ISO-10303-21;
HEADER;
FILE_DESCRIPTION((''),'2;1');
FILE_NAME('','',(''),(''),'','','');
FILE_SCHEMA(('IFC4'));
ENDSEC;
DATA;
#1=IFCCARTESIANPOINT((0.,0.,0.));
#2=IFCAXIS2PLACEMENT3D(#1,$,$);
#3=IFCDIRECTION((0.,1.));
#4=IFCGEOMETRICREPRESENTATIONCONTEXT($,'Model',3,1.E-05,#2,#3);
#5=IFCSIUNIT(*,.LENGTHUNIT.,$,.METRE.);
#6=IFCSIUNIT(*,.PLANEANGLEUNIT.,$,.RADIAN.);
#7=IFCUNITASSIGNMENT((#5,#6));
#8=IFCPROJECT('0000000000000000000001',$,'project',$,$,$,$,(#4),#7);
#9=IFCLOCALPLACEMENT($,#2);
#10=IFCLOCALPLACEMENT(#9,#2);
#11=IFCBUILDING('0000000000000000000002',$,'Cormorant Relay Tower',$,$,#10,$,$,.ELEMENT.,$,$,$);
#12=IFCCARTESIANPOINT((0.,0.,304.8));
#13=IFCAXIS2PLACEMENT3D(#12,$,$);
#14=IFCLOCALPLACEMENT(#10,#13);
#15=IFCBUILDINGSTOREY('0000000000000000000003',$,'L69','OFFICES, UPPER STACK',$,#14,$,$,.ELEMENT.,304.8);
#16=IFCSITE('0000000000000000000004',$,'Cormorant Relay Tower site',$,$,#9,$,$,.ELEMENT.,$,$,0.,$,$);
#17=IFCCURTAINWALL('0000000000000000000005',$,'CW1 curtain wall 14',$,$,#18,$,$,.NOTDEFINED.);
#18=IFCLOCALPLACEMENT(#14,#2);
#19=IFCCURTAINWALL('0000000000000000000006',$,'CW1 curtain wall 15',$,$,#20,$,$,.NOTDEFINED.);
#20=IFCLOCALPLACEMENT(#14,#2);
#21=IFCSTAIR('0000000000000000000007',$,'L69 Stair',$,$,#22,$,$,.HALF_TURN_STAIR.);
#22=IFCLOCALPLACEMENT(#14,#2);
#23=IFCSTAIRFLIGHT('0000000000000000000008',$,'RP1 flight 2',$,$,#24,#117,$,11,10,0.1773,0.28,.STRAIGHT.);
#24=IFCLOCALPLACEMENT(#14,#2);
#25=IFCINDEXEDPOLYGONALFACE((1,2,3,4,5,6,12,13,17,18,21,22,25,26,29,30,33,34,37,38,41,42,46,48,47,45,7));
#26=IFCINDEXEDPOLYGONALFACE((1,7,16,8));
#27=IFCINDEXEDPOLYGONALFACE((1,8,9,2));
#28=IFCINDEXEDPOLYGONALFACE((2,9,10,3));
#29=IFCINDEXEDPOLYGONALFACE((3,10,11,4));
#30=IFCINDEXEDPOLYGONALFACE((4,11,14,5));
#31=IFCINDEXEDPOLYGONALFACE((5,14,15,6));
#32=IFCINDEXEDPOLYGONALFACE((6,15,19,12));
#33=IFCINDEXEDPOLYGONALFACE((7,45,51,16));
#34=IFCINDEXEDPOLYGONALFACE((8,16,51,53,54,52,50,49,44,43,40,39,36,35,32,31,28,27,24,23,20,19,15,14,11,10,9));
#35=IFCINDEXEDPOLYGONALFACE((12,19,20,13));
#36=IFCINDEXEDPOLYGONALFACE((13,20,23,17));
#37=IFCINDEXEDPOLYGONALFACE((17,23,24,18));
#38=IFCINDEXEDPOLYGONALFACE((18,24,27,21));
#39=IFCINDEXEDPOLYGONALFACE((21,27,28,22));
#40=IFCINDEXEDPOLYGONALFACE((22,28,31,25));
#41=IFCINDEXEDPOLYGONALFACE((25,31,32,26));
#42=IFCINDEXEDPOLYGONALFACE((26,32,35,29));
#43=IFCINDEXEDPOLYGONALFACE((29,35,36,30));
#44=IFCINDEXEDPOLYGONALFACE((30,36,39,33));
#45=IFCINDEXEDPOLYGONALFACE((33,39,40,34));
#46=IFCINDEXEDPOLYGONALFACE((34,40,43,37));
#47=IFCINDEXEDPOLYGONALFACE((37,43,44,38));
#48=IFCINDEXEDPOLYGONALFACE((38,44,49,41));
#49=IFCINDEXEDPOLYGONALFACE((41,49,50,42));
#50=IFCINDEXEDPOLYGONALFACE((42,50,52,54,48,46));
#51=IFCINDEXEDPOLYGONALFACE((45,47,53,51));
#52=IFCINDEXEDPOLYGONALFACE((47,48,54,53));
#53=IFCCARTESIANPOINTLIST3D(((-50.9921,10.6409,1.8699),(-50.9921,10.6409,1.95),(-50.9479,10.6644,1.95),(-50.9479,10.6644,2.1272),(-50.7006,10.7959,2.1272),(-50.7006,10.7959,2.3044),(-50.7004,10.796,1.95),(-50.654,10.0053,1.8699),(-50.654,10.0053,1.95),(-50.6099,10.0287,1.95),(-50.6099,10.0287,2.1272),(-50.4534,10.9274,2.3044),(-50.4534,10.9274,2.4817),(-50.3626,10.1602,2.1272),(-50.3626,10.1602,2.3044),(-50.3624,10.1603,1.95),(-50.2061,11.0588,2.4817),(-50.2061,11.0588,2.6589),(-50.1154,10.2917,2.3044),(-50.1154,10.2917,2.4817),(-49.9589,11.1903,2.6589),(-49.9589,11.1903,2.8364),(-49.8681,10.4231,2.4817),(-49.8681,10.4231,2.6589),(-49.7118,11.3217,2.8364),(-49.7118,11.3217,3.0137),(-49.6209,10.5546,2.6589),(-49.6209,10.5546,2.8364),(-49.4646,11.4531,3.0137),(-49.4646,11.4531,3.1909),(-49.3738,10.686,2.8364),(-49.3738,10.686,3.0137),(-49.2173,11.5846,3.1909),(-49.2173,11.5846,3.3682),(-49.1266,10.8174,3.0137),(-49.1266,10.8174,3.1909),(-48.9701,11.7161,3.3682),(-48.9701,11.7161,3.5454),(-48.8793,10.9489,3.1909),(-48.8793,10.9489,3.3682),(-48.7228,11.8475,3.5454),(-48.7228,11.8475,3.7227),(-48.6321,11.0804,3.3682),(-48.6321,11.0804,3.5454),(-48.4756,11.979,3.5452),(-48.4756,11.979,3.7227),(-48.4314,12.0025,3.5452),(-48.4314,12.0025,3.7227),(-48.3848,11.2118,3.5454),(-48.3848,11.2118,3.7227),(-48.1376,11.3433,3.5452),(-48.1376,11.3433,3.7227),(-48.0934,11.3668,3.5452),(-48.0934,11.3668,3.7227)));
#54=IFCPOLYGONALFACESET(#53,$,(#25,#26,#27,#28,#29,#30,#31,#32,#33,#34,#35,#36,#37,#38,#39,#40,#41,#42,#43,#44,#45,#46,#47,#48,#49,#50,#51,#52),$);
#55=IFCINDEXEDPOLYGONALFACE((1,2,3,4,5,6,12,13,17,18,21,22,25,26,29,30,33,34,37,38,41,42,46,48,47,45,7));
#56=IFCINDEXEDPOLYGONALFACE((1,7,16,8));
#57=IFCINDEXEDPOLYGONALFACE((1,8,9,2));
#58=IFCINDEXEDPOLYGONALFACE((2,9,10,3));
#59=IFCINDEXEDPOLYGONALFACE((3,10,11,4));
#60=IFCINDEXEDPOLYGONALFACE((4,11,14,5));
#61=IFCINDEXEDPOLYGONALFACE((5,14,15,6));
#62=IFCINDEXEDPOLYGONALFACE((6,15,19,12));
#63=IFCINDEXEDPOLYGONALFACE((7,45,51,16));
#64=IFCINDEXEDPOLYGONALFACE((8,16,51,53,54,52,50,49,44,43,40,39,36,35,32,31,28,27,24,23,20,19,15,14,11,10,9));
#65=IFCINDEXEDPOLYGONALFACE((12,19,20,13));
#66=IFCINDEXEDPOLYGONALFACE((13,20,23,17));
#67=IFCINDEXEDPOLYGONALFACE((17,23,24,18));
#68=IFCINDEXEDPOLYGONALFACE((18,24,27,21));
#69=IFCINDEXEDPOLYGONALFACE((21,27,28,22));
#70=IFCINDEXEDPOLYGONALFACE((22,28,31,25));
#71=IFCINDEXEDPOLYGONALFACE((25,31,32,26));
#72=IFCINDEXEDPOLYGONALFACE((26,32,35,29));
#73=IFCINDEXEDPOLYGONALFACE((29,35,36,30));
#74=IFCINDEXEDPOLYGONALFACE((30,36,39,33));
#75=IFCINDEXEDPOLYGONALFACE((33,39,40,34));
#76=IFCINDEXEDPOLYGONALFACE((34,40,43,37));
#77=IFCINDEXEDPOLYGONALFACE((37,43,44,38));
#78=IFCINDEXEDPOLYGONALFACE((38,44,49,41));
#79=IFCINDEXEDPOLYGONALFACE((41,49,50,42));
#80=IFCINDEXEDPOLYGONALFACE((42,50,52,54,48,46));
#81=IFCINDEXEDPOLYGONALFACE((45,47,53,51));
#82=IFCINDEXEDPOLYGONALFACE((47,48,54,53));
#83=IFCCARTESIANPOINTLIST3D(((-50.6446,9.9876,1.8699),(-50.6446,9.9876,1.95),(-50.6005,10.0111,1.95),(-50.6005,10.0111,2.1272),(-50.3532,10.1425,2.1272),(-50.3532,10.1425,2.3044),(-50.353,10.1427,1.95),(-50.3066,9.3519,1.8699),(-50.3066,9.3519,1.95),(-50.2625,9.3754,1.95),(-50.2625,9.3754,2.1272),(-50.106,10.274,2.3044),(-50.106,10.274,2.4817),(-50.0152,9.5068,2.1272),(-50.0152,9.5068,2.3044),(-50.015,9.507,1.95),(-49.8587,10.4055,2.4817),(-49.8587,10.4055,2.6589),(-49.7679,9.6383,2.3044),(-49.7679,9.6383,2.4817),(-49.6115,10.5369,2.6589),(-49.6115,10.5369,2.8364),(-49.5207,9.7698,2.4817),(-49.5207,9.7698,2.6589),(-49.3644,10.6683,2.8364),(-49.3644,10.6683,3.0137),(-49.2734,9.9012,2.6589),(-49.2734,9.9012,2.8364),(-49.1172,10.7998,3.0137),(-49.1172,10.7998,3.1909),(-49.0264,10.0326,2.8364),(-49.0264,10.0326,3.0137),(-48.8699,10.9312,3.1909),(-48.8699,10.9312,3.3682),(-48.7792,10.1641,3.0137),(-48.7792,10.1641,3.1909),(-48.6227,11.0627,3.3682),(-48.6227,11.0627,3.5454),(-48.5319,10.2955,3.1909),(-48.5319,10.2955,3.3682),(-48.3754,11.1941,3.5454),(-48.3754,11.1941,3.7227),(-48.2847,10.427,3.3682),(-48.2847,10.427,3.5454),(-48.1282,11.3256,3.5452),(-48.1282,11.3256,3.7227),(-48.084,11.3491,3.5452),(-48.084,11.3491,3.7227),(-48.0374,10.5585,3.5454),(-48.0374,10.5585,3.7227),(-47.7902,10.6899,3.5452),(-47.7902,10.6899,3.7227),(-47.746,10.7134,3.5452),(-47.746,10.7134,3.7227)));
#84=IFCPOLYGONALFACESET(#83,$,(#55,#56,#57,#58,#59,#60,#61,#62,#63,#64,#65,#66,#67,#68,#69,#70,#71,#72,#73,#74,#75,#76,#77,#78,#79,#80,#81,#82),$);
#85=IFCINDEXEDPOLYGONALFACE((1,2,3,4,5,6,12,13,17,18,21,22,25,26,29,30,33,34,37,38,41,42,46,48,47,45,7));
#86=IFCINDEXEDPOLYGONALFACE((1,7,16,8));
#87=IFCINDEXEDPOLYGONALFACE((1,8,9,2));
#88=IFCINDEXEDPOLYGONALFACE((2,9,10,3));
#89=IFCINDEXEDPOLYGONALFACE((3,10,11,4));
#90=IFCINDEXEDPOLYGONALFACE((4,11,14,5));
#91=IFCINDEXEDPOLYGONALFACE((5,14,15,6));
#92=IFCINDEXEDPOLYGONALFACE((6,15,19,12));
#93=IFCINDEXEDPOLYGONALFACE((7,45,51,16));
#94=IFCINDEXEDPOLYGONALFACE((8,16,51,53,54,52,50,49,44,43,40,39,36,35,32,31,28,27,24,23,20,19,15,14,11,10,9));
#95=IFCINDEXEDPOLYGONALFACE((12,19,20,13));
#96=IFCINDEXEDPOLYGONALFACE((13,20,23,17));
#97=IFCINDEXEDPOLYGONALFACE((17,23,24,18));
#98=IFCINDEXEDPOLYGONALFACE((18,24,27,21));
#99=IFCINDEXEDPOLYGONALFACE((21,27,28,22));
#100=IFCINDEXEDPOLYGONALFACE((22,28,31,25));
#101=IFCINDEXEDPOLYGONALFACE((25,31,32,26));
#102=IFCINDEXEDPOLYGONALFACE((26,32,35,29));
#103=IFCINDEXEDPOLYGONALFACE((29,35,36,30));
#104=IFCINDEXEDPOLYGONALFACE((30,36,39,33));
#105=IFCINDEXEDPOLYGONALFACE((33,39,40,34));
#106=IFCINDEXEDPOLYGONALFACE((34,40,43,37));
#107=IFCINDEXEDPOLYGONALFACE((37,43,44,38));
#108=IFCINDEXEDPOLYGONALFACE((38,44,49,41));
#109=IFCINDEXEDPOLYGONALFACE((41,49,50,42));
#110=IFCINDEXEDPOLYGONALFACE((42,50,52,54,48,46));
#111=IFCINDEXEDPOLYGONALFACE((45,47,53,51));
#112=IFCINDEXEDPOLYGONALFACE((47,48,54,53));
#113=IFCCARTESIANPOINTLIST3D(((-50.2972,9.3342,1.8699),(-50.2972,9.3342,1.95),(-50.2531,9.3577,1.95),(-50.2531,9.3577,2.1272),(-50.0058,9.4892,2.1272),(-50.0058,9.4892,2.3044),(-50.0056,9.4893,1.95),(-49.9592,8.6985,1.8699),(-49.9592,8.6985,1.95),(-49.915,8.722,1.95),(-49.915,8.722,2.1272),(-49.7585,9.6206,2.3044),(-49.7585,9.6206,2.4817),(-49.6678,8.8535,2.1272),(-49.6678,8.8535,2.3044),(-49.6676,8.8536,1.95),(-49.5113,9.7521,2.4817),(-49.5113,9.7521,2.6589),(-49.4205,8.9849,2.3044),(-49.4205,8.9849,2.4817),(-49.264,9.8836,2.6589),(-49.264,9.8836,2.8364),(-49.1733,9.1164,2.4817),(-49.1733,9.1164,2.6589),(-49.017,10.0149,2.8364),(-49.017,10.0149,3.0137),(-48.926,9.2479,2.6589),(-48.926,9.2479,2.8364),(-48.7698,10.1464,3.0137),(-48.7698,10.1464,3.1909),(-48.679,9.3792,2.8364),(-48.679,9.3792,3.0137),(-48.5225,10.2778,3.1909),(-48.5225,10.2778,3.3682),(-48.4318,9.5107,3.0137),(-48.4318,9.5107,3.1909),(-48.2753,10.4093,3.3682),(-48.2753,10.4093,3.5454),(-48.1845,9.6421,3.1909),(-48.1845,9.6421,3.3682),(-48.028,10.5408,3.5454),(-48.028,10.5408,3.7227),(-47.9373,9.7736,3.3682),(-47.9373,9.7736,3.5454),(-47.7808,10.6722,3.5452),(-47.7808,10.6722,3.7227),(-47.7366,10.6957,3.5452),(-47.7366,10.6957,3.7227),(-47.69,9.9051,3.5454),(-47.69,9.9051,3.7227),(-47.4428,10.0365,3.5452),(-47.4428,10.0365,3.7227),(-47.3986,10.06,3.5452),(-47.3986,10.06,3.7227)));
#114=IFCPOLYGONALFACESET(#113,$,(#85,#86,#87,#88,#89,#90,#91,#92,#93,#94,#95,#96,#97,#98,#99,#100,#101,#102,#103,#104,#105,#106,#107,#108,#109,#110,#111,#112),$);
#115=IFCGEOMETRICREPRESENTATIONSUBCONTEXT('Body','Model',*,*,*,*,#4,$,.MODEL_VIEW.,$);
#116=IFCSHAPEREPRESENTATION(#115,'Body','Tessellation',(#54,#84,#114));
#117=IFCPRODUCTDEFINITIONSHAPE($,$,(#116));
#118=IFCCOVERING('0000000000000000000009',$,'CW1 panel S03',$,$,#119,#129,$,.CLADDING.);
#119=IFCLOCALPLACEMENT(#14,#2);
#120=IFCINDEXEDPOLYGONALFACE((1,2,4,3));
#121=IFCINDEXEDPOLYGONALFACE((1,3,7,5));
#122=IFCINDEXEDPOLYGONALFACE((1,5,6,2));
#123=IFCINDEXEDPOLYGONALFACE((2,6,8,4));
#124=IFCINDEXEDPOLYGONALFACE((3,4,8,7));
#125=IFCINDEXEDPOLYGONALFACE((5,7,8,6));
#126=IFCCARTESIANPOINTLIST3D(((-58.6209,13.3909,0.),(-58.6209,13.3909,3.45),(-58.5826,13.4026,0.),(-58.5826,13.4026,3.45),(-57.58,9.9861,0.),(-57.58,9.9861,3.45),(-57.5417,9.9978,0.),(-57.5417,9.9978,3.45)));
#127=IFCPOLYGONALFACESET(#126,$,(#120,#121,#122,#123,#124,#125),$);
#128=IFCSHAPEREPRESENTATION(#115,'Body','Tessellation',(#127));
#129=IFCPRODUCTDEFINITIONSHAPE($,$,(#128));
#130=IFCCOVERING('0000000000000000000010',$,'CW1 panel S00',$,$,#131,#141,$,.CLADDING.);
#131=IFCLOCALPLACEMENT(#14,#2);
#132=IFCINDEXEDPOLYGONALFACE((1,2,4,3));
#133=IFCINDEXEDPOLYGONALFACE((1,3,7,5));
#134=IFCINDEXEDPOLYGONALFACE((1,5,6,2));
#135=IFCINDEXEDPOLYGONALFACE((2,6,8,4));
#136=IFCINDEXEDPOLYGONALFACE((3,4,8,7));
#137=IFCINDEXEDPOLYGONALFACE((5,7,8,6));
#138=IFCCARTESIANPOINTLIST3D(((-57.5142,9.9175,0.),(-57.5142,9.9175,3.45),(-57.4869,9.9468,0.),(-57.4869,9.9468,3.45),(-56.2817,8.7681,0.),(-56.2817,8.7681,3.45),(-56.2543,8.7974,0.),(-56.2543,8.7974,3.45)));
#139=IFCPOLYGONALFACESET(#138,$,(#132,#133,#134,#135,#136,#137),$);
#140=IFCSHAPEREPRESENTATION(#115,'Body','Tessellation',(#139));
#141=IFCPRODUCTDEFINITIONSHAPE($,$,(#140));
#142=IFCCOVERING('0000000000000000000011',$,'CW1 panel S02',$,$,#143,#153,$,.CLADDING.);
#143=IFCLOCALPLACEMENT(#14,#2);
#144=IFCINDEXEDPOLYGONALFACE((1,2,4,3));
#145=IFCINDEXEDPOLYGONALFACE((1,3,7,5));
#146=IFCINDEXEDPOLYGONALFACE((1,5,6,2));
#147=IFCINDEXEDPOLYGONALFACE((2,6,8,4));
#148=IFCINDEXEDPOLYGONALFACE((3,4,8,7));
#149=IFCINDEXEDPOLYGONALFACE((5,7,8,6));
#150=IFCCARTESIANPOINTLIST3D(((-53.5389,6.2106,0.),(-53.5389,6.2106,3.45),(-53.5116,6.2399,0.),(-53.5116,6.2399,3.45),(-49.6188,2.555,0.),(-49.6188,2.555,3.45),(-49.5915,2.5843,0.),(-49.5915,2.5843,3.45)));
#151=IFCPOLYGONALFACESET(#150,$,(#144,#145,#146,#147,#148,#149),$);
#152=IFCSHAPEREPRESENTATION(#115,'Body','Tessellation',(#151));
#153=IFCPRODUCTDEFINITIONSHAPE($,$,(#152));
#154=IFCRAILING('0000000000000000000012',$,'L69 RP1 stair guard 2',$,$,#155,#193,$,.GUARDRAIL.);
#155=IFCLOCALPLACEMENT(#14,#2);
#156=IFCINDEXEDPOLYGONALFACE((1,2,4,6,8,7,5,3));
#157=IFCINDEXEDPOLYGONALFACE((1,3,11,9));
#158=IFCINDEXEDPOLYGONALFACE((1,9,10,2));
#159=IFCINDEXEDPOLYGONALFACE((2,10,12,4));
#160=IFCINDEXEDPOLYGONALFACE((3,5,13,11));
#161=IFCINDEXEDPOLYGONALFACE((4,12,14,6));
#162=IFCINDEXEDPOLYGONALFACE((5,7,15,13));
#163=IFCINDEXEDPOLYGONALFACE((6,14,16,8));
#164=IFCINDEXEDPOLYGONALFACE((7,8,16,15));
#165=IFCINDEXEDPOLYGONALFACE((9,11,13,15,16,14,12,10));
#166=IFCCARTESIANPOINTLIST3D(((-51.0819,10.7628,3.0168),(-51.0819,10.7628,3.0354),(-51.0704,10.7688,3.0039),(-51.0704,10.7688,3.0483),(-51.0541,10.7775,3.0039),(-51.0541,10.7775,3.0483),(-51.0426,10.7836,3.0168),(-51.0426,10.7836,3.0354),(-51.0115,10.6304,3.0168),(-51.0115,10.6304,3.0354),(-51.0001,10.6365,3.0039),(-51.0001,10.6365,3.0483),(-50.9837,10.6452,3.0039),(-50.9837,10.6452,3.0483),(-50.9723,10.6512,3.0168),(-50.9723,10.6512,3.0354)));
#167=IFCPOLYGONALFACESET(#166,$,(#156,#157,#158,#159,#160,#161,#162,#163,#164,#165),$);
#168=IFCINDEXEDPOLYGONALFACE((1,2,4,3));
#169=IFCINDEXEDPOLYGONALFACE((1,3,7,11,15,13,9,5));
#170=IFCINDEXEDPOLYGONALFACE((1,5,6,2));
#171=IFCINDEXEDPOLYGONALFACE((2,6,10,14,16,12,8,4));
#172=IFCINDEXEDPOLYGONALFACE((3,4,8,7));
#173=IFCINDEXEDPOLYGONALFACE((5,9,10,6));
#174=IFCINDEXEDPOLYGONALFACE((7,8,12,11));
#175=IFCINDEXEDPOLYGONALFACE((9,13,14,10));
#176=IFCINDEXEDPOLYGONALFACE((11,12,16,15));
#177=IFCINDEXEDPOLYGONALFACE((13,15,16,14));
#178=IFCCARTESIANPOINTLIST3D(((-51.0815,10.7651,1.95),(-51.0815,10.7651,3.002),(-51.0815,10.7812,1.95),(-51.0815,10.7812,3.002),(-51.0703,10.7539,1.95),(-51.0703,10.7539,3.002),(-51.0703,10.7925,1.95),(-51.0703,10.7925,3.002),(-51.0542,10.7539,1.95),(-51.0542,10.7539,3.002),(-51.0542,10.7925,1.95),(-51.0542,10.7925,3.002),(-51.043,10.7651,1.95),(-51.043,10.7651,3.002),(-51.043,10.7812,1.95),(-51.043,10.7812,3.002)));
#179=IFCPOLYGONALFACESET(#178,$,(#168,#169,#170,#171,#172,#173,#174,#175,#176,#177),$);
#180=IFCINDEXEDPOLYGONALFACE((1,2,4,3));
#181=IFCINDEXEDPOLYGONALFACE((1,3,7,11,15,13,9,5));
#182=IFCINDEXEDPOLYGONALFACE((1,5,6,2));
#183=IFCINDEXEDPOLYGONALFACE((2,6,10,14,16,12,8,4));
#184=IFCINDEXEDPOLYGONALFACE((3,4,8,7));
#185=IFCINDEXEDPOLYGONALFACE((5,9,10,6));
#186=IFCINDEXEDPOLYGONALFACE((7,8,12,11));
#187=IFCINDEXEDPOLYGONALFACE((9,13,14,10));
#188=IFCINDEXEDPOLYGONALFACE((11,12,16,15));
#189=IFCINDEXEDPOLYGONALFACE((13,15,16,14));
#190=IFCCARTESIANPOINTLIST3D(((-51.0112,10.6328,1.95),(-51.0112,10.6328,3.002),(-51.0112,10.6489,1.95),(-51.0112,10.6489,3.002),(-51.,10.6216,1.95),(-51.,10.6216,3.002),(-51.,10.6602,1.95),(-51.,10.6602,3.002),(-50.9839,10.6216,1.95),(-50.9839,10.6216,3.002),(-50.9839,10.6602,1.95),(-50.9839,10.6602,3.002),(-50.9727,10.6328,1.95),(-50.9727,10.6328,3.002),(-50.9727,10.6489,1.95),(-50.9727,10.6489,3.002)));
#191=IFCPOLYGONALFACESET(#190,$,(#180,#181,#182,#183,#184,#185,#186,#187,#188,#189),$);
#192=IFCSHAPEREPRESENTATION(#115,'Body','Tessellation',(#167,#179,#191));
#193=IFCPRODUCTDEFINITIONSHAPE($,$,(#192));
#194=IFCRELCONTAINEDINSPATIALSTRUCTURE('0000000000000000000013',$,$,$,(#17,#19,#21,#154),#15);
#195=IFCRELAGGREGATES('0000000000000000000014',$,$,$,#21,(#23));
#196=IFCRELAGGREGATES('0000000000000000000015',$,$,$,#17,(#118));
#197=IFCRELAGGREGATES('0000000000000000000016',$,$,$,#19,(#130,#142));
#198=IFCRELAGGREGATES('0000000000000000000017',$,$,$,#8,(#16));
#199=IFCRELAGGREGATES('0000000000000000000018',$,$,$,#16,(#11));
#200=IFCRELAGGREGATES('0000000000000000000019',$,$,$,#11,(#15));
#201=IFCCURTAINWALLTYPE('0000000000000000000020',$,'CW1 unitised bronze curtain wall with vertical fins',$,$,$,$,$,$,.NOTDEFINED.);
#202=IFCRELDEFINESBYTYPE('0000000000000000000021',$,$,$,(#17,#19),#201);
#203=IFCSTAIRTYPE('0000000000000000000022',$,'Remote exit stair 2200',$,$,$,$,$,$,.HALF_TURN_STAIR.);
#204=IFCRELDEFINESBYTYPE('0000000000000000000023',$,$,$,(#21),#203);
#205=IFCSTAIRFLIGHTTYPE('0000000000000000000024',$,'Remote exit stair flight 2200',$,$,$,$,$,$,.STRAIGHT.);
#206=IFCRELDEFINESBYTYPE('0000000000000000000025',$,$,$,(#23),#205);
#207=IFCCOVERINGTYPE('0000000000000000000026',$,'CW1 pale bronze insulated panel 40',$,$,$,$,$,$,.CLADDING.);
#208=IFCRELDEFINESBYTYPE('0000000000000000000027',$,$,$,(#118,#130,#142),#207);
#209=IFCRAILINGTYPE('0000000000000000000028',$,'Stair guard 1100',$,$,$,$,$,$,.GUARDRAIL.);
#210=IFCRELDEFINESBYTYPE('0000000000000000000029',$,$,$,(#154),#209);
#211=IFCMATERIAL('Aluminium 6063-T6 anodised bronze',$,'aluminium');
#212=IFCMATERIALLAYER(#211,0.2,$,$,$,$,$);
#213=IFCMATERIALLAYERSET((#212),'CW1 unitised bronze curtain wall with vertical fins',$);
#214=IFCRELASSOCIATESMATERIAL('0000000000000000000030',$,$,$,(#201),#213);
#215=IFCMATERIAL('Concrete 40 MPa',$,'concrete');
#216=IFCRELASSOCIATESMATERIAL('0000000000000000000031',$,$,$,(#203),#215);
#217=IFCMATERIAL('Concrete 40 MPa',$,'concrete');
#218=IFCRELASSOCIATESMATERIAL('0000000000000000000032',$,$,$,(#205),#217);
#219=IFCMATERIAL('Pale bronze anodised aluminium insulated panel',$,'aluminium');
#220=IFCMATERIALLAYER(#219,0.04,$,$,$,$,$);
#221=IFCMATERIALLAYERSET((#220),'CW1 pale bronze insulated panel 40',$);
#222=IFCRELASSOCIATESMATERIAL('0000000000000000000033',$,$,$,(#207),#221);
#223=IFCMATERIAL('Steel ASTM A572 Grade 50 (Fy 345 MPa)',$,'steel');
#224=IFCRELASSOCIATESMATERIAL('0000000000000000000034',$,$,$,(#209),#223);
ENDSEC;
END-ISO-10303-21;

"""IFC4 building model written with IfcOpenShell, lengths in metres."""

from ifc_helpers import new_model, si_unit, direction, frame, origin, origin_2d, place, context, subcontext, project, spatial, polyline, rectangle, outline, extrude, material, layer, layer_set, type_object, element, aggregate, save


model = new_model("IFC4")

# Units and contexts
model_context = context("Model", 3, precision=1e-05, world=origin(), true_north=direction((0.0, 1.0)))
body_context = subcontext(model_context, "Body", "Model", "MODEL_VIEW")
ifc_project = project(units=[si_unit("LENGTHUNIT", "METRE"), si_unit("PLANEANGLEUNIT", "RADIAN")], contexts=[model_context])

# Site, building, storey
site_placement = place(None, origin())
site = spatial("IfcSite", under=ifc_project, at=site_placement, Name="Cormorant Relay Tower site", CompositionType="ELEMENT", RefElevation=0.0)
building_placement = place(site_placement, origin())
building = spatial("IfcBuilding", under=site, at=building_placement, Name="Cormorant Relay Tower", CompositionType="ELEMENT")
storey_placement = place(building_placement, frame((0.0, 0.0, 304.8)))
storey = spatial("IfcBuildingStorey", under=building, at=storey_placement, Name="L69", Description="OFFICES, UPPER STACK", CompositionType="ELEMENT", Elevation=304.8)

# Curtain wall
ifc_material_1 = material(Name="Aluminium 6063-T6 anodised bronze", Category="aluminium")
ifc_layer_1 = layer(ifc_material_1, 0.2)
ifc_layer_set_1 = layer_set([ifc_layer_1], Name="CW1 unitised bronze curtain wall with vertical fins")
curtain_wall_type = type_object("IfcCurtainWallType", Name="CW1 unitised bronze curtain wall with vertical fins", PredefinedType="NOTDEFINED", material=ifc_layer_set_1)
curtain_wall_1_placement = place(storey_placement, origin())
curtain_wall_1 = element("IfcCurtainWall", 1, at=curtain_wall_1_placement, inside=storey, type_object=curtain_wall_type, Name="CW1 curtain wall 14", PredefinedType="NOTDEFINED")

# Curtain wall
curtain_wall_2_placement = place(storey_placement, origin())
curtain_wall_2 = element("IfcCurtainWall", 2, at=curtain_wall_2_placement, inside=storey, type_object=curtain_wall_type, Name="CW1 curtain wall 15", PredefinedType="NOTDEFINED")

# Stair, stair flight
ifc_material_2 = material(Name="Concrete 40 MPa", Category="concrete")
stair_type = type_object("IfcStairType", Name="Remote exit stair 2200", PredefinedType="HALF_TURN_STAIR", material=ifc_material_2)
stair_placement = place(storey_placement, origin())
stair = element("IfcStair", 3, at=stair_placement, inside=storey, type_object=stair_type, Name="L69 Stair", PredefinedType="HALF_TURN_STAIR")
ifc_material_3 = material(Name="Concrete 40 MPa", Category="concrete")
stair_flight_type = type_object("IfcStairFlightType", Name="Remote exit stair flight 2200", PredefinedType="STRAIGHT", material=ifc_material_3)
stair_flight_1_placement = place(storey_placement, frame((-50.4314, 9.6931, 1.95), z_axis=(0.0, 0.0, 1.0), x_axis=(0.882948, 0.469472, 0.0)))
stair_flight_1 = element("IfcStairFlight", 4, at=stair_flight_1_placement, type_object=stair_flight_type, Name="RP1 flight 2", NumberOfRisers=11, NumberOfTreads=10, PredefinedType="STRAIGHT", RiserHeight=0.1773, TreadLength=0.28, context=body_context, shape_type="SweptSolid", body=[
    extrude(outline(polyline([(-0.05, -0.0801), (-0.05, 0.0), (0.0, 0.0), (0.0, 0.1772), (0.28, 0.1772), (0.28, 0.3545), (0.5601, 0.3545), (0.5601, 0.5317), (0.8401, 0.5317), (0.8401, 0.709), (1.1201, 0.709), (1.1201, 0.8865), (1.3999, 0.8865), (1.3999, 1.0637), (1.6799, 1.0637), (1.6799, 1.241), (1.96, 1.241), (1.96, 1.4182), (2.24, 1.4182), (2.24, 1.5955), (2.52, 1.5955), (2.52, 1.7727), (2.8, 1.7727), (2.8501, 1.7727), (2.8501, 1.5952), (2.8, 1.5952), (0.2803, 0.0), (-0.05, -0.0801)])), frame((0.0, 1.1001, 0.0), z_axis=(0.0, -1.0, 0.0), x_axis=(1.0, 0.0, 0.0)), (0.0, 0.0, 1.0), 0.72),
    extrude(outline(polyline([(-0.05, -0.0801), (-0.05, 0.0), (0.0, 0.0), (0.0, 0.1772), (0.28, 0.1772), (0.28, 0.3545), (0.5601, 0.3545), (0.5601, 0.5317), (0.8401, 0.5317), (0.8401, 0.709), (1.1201, 0.709), (1.1201, 0.8865), (1.3999, 0.8865), (1.3999, 1.0637), (1.6799, 1.0637), (1.6799, 1.241), (1.96, 1.241), (1.96, 1.4182), (2.24, 1.4182), (2.24, 1.5955), (2.52, 1.5955), (2.52, 1.7727), (2.8, 1.7727), (2.8501, 1.7727), (2.8501, 1.5952), (2.8, 1.5952), (0.2803, 0.0), (-0.05, -0.0801)])), frame((0.0, 0.3601, 0.0), z_axis=(0.0, -1.0, 0.0), x_axis=(1.0, 0.0, 0.0)), (0.0, 0.0, 1.0), 0.72),
    extrude(outline(polyline([(-0.05, -0.0801), (-0.05, 0.0), (0.0, 0.0), (0.0, 0.1772), (0.28, 0.1772), (0.28, 0.3545), (0.5601, 0.3545), (0.5601, 0.5317), (0.8401, 0.5317), (0.8401, 0.709), (1.1201, 0.709), (1.1201, 0.8865), (1.3999, 0.8865), (1.3999, 1.0637), (1.6799, 1.0637), (1.6799, 1.241), (1.96, 1.241), (1.96, 1.4182), (2.24, 1.4182), (2.24, 1.5955), (2.52, 1.5955), (2.52, 1.7727), (2.8, 1.7727), (2.8501, 1.7727), (2.8501, 1.5952), (2.8, 1.5952), (0.2803, 0.0), (-0.05, -0.0801)])), frame((0.0, -0.3799, 0.0), z_axis=(0.0, -1.0, 0.0), x_axis=(1.0, 0.0, 0.0)), (0.0, 0.0, 1.0), 0.72),
])
aggregate(stair, [stair_flight_1])

# Coverings
ifc_material_4 = material(Name="Pale bronze anodised aluminium insulated panel", Category="aluminium")
ifc_layer_2 = layer(ifc_material_4, 0.04)
ifc_layer_set_2 = layer_set([ifc_layer_2], Name="CW1 pale bronze insulated panel 40")
covering_type = type_object("IfcCoveringType", Name="CW1 pale bronze insulated panel 40", PredefinedType="CLADDING", material=ifc_layer_set_2)
covering_1_placement = place(storey_placement, frame((-58.0813, 11.6943, 0.0), z_axis=(0.0, 0.0, 1.0), x_axis=(0.292372, -0.956305, 0.0)))
covering_1 = element("IfcCovering", 5, at=covering_1_placement, type_object=covering_type, Name="CW1 panel S03", PredefinedType="CLADDING", context=body_context, shape_type="SweptSolid", body=[
    extrude(rectangle(XDim=3.5603, YDim=0.04, at=origin_2d()), origin(), (0.0, 0.0, 1.0), 3.45),
])
aggregate(curtain_wall_1, [covering_1])
covering_2_placement = place(storey_placement, frame((-56.8843, 9.3574, 0.0), z_axis=(0.0, 0.0, 1.0), x_axis=(0.731354, -0.681998, 0.0)))
covering_2 = element("IfcCovering", 6, at=covering_2_placement, type_object=covering_type, Name="CW1 panel S00", PredefinedType="CLADDING", context=body_context, shape_type="SweptSolid", body=[
    extrude(rectangle(XDim=1.6853, YDim=0.04, at=origin_2d()), origin(), (0.0, 0.0, 1.0), 3.45),
])
covering_3_placement = place(storey_placement, frame((-51.5652, 4.3975, 0.0), z_axis=(0.0, 0.0, 1.0), x_axis=(0.731354, -0.681998, 0.0)))
covering_3 = element("IfcCovering", 7, at=covering_3_placement, type_object=covering_type, Name="CW1 panel S02", PredefinedType="CLADDING", context=body_context, shape_type="SweptSolid", body=[
    extrude(rectangle(XDim=5.3601, YDim=0.04, at=origin_2d()), origin(), (0.0, 0.0, 1.0), 3.45),
])
aggregate(curtain_wall_2, [covering_2, covering_3])

# Railing
ifc_material_5 = material(Name="Steel ASTM A572 Grade 50 (Fy 345 MPa)", Category="steel")
railing_type_1 = type_object("IfcRailingType", Name="Stair guard 1100", PredefinedType="GUARDRAIL", material=ifc_material_5)
railing_1_placement = place(storey_placement, frame((-51.0623, 10.7732, 1.95)))
element("IfcRailing", 8, at=railing_1_placement, inside=storey, type_object=railing_type_1, Name="L69 RP1 stair guard 2", PredefinedType="GUARDRAIL", context=body_context, shape_type="SweptSolid", body=[
    extrude(outline(polyline([(0.0222, 0.0093), (0.0093, 0.0222), (-0.0093, 0.0222), (-0.0222, 0.0093), (-0.0222, -0.0093), (-0.0093, -0.0222), (0.0093, -0.0222), (0.0222, -0.0093), (0.0222, 0.0093)])), frame((0.0, 0.0, 1.0762), z_axis=(0.469235, -0.883074, 0.0), x_axis=(0.883074, 0.469235, 0.0)), (0.0, 0.0, 1.0), 0.1499),
    extrude(outline(polyline([(0.0193, 0.0081), (0.0081, 0.0193), (-0.0081, 0.0193), (-0.0193, 0.0081), (-0.0193, -0.0081), (-0.0081, -0.0193), (0.0081, -0.0193), (0.0193, -0.0081), (0.0193, 0.0081)])), origin(), (0.0, 0.0, 1.0), 1.052),
    extrude(outline(polyline([(0.0193, 0.0081), (0.0081, 0.0193), (-0.0081, 0.0193), (-0.0193, 0.0081), (-0.0193, -0.0081), (-0.0081, -0.0193), (0.0081, -0.0193), (0.0193, -0.0081), (0.0193, 0.0081)])), frame((0.0703, -0.1323, 0.0)), (0.0, 0.0, 1.0), 1.052),
])

save(model, "model.ifc")
